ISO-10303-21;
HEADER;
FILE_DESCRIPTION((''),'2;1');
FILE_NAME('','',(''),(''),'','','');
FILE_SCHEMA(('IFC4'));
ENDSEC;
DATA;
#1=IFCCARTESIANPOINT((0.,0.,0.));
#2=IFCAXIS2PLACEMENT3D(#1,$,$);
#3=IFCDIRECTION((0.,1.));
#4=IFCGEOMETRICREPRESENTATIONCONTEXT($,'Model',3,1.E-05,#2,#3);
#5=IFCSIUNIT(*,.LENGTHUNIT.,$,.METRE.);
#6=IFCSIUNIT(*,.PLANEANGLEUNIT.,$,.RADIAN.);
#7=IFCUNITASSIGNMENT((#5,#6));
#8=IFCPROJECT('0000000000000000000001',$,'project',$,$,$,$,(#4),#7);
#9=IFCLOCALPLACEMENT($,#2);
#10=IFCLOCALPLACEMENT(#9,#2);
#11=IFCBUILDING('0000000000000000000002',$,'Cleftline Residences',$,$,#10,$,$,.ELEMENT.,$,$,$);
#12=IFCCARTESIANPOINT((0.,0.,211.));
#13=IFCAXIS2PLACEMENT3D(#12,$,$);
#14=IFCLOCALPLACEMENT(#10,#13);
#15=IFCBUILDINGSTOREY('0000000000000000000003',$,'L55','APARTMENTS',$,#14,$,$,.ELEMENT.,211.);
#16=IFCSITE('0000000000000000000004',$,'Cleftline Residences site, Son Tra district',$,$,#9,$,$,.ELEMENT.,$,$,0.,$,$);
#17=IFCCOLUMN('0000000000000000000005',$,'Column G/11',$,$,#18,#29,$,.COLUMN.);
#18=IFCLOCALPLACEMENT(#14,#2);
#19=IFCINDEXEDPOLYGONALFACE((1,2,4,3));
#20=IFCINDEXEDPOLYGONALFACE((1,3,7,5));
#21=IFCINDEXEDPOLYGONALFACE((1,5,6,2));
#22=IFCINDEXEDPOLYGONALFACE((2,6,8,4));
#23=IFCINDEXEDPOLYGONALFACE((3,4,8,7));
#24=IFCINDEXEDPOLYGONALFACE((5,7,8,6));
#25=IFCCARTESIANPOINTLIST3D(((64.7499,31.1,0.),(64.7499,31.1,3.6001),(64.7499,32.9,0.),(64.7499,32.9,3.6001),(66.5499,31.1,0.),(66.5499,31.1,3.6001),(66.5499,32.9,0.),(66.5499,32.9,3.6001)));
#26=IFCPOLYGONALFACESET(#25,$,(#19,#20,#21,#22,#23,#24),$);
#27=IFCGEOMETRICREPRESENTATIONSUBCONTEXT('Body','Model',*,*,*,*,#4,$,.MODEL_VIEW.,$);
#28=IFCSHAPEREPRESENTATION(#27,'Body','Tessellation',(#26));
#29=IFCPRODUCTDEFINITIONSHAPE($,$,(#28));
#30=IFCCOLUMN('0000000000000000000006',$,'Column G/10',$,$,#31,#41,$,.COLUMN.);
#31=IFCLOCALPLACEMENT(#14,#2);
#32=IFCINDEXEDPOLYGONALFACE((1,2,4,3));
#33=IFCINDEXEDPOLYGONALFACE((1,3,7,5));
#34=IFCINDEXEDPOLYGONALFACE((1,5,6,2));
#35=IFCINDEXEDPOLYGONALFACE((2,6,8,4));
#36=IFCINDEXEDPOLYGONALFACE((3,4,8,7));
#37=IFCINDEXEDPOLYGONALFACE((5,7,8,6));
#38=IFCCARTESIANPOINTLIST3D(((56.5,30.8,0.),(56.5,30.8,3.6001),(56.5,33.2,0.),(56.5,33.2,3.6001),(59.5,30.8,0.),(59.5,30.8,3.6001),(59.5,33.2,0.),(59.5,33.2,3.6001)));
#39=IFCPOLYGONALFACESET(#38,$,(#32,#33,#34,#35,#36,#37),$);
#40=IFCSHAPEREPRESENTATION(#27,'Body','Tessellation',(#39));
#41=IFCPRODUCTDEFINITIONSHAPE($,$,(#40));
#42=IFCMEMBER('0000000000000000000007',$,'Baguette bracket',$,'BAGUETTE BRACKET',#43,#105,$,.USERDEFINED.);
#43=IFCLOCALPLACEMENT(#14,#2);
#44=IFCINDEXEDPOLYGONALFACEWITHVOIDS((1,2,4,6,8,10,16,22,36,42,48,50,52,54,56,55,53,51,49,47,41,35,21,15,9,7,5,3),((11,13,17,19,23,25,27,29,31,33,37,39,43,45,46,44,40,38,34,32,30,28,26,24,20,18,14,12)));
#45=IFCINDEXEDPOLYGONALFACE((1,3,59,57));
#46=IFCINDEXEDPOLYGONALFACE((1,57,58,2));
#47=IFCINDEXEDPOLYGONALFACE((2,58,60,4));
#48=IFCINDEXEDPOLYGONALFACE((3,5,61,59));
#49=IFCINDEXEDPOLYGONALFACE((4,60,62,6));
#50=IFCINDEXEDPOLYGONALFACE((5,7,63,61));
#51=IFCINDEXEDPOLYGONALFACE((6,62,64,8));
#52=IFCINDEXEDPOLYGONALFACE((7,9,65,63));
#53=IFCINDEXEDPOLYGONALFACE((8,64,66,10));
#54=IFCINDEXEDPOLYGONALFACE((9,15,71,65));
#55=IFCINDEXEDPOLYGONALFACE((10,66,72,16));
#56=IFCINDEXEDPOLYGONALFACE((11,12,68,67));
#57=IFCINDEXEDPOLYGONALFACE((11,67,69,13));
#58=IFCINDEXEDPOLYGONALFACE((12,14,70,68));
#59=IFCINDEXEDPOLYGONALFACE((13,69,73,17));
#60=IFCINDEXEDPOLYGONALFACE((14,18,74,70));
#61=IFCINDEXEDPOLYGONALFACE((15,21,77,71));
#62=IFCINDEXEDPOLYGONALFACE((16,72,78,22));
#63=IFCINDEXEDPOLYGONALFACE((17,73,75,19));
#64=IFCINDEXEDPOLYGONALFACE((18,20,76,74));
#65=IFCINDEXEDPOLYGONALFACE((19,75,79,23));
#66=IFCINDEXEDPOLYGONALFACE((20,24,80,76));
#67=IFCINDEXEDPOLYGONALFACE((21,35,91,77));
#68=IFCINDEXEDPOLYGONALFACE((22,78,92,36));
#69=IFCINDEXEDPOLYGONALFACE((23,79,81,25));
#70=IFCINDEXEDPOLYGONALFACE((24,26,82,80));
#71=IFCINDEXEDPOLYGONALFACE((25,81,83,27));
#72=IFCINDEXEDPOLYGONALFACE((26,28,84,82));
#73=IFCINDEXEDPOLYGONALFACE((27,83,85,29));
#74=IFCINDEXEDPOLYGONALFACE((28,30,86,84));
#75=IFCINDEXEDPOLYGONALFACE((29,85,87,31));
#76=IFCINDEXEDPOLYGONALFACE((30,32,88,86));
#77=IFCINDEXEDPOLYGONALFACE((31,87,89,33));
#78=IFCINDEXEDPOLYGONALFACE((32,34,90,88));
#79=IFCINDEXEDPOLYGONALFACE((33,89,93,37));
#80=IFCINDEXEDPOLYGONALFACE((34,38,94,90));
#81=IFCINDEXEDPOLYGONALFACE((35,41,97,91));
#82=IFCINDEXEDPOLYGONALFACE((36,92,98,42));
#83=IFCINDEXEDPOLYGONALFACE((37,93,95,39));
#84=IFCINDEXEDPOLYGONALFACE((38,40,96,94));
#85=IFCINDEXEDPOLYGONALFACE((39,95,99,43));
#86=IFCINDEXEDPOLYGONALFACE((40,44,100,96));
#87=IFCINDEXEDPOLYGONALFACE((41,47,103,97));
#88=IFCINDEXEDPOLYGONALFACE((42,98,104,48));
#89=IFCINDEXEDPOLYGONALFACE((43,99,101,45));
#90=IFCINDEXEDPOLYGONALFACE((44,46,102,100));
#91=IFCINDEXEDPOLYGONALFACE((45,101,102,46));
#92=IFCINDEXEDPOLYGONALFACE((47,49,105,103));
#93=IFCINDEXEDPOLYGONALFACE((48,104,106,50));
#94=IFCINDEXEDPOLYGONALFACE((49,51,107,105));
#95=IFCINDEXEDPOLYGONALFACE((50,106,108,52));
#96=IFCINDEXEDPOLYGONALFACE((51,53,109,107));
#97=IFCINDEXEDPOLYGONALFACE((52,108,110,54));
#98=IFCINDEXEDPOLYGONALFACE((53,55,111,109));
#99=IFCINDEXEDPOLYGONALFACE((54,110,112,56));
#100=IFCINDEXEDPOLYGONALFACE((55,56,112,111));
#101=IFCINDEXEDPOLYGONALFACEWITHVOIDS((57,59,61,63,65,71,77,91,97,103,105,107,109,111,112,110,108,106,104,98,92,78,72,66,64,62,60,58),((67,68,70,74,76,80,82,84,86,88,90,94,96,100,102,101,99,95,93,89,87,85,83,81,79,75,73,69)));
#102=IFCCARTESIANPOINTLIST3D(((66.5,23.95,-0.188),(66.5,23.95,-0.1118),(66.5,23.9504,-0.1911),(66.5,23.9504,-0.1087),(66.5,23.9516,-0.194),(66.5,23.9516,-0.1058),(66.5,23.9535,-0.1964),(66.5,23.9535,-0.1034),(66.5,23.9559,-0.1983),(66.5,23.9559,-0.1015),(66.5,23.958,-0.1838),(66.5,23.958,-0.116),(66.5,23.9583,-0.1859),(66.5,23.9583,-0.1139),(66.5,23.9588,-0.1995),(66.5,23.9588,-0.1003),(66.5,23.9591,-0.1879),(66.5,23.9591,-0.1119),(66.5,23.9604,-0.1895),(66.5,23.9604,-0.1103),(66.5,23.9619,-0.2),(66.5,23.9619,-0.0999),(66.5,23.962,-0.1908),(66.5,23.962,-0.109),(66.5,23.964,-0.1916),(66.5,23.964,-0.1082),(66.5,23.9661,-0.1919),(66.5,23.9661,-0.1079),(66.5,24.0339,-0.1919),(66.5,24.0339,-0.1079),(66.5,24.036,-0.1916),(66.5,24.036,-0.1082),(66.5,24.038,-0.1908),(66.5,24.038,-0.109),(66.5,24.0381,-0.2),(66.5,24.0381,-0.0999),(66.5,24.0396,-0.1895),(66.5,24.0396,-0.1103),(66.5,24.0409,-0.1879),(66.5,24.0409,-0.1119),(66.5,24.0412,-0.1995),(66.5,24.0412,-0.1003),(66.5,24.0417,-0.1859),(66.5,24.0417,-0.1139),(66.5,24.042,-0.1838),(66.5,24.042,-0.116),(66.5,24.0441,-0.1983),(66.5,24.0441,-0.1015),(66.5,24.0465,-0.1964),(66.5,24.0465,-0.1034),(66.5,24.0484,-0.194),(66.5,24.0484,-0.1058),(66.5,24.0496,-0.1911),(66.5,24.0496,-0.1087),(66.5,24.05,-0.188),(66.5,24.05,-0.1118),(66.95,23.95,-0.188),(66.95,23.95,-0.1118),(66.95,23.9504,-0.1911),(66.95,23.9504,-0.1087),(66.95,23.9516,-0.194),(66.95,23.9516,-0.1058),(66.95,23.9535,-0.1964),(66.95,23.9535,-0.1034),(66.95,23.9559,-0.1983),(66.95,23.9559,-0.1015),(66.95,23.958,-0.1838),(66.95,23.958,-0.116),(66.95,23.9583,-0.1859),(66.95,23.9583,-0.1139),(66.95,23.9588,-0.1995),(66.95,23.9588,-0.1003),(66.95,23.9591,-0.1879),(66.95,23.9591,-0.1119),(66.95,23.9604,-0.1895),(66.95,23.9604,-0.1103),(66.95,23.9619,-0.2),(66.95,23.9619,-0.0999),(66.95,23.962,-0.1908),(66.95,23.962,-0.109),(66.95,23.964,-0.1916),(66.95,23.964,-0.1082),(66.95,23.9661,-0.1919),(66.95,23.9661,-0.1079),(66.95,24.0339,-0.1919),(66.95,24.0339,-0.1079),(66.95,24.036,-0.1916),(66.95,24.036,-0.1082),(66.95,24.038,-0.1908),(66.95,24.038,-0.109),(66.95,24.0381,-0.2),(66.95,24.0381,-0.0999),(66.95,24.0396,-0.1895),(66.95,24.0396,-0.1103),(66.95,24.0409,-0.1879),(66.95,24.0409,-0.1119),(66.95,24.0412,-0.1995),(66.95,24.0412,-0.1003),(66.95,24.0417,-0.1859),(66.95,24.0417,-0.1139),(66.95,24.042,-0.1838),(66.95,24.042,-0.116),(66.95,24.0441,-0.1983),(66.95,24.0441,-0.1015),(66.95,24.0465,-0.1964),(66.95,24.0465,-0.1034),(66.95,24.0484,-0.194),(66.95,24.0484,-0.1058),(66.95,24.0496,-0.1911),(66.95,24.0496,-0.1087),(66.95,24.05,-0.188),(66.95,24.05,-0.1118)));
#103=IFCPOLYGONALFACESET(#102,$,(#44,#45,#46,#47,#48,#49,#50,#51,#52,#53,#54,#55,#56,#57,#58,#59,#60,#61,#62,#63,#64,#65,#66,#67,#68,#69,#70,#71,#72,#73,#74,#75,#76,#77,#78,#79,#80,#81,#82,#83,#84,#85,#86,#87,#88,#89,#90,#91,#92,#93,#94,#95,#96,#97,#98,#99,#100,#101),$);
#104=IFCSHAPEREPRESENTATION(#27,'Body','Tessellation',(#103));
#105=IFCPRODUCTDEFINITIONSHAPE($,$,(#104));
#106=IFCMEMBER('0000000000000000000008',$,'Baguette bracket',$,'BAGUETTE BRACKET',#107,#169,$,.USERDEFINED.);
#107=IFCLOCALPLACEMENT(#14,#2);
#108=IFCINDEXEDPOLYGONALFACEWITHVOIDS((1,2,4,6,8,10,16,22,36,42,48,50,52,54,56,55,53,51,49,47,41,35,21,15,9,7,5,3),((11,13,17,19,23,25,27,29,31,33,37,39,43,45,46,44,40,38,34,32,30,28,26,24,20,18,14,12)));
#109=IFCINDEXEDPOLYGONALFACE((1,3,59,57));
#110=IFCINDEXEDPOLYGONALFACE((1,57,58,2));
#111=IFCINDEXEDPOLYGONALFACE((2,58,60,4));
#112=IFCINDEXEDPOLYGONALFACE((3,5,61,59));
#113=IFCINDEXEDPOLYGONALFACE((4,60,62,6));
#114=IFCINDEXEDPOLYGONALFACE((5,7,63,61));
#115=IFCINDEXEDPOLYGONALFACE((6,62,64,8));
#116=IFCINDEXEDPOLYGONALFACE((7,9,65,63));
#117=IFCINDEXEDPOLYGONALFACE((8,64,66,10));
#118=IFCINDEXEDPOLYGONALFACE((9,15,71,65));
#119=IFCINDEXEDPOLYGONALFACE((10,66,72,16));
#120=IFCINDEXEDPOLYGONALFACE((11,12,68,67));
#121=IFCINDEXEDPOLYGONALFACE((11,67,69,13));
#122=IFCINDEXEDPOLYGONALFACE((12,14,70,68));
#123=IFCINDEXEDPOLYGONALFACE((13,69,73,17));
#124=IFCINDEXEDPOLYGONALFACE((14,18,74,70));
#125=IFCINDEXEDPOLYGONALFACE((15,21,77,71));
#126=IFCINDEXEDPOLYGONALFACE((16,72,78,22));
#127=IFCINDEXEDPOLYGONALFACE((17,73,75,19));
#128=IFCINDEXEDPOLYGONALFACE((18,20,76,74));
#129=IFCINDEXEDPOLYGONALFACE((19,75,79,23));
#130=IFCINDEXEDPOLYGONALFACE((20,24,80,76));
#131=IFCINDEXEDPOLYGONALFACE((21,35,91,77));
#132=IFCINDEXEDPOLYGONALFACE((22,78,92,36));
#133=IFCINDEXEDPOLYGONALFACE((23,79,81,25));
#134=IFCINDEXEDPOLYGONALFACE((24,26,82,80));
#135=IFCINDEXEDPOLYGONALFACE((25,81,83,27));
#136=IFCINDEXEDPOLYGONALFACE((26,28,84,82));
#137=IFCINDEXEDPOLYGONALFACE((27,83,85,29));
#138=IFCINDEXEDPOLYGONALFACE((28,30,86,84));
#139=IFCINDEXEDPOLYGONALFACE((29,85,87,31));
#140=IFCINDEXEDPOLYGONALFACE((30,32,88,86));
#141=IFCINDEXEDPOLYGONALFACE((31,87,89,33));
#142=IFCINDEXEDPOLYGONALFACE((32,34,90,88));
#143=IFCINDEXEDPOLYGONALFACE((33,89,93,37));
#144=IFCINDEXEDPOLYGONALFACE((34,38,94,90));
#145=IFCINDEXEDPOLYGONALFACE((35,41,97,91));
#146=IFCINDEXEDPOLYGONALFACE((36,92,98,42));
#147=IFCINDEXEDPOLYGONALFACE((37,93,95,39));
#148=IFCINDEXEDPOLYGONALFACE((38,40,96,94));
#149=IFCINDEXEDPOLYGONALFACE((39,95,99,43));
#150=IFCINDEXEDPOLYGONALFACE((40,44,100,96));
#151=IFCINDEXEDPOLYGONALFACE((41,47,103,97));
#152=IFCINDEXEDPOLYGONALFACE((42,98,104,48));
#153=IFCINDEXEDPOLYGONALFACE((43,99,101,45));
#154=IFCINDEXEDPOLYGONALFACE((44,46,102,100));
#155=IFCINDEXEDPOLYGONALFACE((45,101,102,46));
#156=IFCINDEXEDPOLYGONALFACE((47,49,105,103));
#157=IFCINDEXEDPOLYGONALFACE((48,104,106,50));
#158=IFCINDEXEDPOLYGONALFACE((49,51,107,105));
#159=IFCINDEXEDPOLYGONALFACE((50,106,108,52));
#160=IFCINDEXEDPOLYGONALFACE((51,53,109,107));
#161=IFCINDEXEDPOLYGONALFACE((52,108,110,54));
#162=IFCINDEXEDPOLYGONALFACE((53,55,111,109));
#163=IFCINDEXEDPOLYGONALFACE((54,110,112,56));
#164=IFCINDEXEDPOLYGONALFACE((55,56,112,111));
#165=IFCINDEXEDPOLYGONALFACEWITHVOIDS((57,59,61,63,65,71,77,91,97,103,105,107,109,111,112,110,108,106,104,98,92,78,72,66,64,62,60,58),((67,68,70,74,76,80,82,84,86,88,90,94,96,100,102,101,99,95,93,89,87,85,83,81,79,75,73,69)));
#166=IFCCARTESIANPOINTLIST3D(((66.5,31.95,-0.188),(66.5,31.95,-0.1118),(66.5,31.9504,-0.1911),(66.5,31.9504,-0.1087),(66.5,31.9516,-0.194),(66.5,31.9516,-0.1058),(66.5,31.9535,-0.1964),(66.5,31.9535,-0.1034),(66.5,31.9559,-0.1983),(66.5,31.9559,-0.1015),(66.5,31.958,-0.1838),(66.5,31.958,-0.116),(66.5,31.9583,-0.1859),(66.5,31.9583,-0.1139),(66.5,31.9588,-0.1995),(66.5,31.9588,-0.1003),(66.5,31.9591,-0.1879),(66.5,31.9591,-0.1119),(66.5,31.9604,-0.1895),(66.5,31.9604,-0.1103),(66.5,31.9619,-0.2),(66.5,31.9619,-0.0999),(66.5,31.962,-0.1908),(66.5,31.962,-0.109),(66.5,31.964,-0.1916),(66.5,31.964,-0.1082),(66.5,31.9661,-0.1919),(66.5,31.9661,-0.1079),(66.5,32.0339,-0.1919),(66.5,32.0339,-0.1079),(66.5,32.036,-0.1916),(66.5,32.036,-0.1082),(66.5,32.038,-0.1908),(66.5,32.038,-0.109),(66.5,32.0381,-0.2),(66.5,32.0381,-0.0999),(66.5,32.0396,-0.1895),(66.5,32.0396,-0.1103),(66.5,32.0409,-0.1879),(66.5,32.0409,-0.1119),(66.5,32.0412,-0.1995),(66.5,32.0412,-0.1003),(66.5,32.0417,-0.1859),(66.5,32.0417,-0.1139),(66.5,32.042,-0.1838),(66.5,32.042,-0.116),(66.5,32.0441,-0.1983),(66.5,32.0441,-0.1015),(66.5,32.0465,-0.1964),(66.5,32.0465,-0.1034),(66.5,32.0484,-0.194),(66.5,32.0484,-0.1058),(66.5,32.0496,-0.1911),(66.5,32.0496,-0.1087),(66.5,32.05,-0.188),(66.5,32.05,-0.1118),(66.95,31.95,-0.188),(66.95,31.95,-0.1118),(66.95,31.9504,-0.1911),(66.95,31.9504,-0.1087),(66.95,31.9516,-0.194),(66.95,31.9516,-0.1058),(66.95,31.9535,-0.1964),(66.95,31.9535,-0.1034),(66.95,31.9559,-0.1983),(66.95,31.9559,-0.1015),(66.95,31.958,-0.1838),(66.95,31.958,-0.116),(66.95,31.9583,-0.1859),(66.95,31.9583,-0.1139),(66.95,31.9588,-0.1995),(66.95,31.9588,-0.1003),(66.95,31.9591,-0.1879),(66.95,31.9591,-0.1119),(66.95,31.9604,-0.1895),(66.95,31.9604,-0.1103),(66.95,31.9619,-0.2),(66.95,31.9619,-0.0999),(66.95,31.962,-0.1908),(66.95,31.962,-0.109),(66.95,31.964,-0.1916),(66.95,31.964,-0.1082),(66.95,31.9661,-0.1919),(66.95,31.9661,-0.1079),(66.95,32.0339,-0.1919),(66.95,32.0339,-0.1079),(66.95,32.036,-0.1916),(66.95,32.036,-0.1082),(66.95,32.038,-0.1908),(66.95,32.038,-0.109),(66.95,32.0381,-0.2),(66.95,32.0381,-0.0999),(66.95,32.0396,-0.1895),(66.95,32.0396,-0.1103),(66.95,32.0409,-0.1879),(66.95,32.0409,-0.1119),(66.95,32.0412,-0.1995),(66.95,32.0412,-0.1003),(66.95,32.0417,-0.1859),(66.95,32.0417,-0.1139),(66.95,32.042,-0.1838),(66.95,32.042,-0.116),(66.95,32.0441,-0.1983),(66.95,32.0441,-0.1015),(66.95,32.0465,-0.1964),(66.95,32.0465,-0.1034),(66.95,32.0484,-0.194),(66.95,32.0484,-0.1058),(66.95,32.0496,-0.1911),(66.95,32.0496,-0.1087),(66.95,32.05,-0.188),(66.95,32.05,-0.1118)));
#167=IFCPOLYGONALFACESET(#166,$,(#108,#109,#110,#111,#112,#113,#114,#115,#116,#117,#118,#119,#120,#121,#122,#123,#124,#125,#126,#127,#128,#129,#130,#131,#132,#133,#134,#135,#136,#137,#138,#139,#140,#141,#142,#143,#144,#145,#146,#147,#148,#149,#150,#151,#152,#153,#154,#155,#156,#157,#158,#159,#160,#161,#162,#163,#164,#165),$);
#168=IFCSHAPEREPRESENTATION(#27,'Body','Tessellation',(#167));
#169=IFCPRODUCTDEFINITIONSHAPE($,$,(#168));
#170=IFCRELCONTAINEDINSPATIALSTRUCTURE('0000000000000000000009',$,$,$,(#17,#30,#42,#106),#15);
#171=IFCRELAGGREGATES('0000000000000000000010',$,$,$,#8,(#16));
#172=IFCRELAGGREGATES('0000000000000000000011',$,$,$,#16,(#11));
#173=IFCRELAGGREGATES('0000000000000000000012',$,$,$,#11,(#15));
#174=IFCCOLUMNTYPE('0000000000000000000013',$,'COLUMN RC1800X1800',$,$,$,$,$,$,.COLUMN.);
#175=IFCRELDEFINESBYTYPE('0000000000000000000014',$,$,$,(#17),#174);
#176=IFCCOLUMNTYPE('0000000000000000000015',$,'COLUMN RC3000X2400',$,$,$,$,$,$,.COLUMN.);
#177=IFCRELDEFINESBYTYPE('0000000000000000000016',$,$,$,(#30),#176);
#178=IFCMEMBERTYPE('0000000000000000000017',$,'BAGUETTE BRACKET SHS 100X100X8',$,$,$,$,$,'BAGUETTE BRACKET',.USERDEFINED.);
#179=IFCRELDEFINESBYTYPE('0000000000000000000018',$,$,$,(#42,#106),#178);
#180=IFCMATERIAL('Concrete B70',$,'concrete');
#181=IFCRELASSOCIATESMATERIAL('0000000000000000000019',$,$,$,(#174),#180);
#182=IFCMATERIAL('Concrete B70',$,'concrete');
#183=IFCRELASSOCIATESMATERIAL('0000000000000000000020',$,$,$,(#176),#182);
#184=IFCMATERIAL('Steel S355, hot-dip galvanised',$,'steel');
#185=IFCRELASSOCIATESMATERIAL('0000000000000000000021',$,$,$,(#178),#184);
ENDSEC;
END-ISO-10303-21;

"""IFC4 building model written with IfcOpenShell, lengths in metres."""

from ifc_helpers import new_model, si_unit, direction, frame, origin, origin_2d, place, context, subcontext, project, spatial, rectangle, hollow_rectangle, extrude, material, material_profile, profile_set, type_object, element, save


model = new_model("IFC4")

# Units and contexts
model_context = context("Model", 3, precision=1e-05, world=origin(), true_north=direction((0.0, 1.0)))
body_context = subcontext(model_context, "Body", "Model", "MODEL_VIEW")
ifc_project = project(units=[si_unit("LENGTHUNIT", "METRE"), si_unit("PLANEANGLEUNIT", "RADIAN")], contexts=[model_context])

# Site, building, storey
site_placement = place(None, origin())
site = spatial("IfcSite", under=ifc_project, at=site_placement, Name="Cleftline Residences site, Son Tra district", CompositionType="ELEMENT", RefElevation=0.0)
building_placement = place(site_placement, origin())
building = spatial("IfcBuilding", under=site, at=building_placement, Name="Cleftline Residences", CompositionType="ELEMENT")
storey_placement = place(building_placement, frame((0.0, 0.0, 211.0)))
storey = spatial("IfcBuildingStorey", under=building, at=storey_placement, Name="L55", Description="APARTMENTS", CompositionType="ELEMENT", Elevation=211.0)

# Columns
ifc_material_1 = material(Name="Concrete B70", Category="concrete")
ifc_material_profile_1 = material_profile(ifc_material_1, rectangle(XDim=1.8, YDim=1.8, at=origin_2d()))
ifc_profile_set_1 = profile_set([ifc_material_profile_1], Name="Concrete B70")
column_type_1 = type_object("IfcColumnType", Name="COLUMN RC1800X1800", PredefinedType="COLUMN", material=ifc_profile_set_1)
column_1_placement = place(storey_placement, frame((65.6499, 32.0, 0.0), z_axis=(0.0, 0.0, 1.0), x_axis=(1.0, 0.0, 0.0)))
element("IfcColumn", 1, at=column_1_placement, inside=storey, type_object=column_type_1, Name="Column G/11", PredefinedType="COLUMN", context=body_context, shape_type="SweptSolid", body=[
    extrude(rectangle(XDim=1.8, YDim=1.8, at=origin_2d()), origin(), (0.0, 0.0, 1.0), 3.6001),
])
ifc_material_2 = material(Name="Concrete B70", Category="concrete")
ifc_material_profile_2 = material_profile(ifc_material_2, rectangle(XDim=3.0, YDim=2.3999, at=origin_2d()))
ifc_profile_set_2 = profile_set([ifc_material_profile_2], Name="Concrete B70")
column_type_2 = type_object("IfcColumnType", Name="COLUMN RC3000X2400", PredefinedType="COLUMN", material=ifc_profile_set_2)
column_2_placement = place(storey_placement, frame((58.0, 32.0, 0.0), z_axis=(0.0, 0.0, 1.0), x_axis=(1.0, 0.0, 0.0)))
element("IfcColumn", 2, at=column_2_placement, inside=storey, type_object=column_type_2, Name="Column G/10", PredefinedType="COLUMN", context=body_context, shape_type="SweptSolid", body=[
    extrude(rectangle(XDim=3.0, YDim=2.3999, at=origin_2d()), origin(), (0.0, 0.0, 1.0), 3.6001),
])

# Members
ifc_material_3 = material(Name="Steel S355, hot-dip galvanised", Category="steel")
ifc_material_profile_3 = material_profile(ifc_material_3, hollow_rectangle(XDim=0.1001, YDim=0.1001, WallThickness=0.0081, InnerFilletRadius=0.0081, OuterFilletRadius=0.012, at=origin_2d()))
ifc_profile_set_3 = profile_set([ifc_material_profile_3], Name="Steel S355, hot-dip galvanised")
member_type_1 = type_object("IfcMemberType", Name="BAGUETTE BRACKET SHS 100X100X8", ElementType="BAGUETTE BRACKET", PredefinedType="USERDEFINED", material=ifc_profile_set_3)
for number, where, z_axis, x_axis, name in (
    (3, (66.5, 24.0, -0.1499), (1.0, 0.0, 0.0), (0.0, 1.0, 0.0), "Baguette bracket"),
    (4, (66.5, 32.0, -0.1499), (1.0, 0.0, 0.0), (0.0, 1.0, 0.0), "Baguette bracket"),
):
    element("IfcMember", number, at=place(storey_placement, frame(where, z_axis=z_axis, x_axis=x_axis)), inside=storey, type_object=member_type_1, Name=name, ObjectType="BAGUETTE BRACKET", PredefinedType="USERDEFINED", context=body_context, shape_type="SweptSolid", body=[
        extrude(hollow_rectangle(XDim=0.1001, YDim=0.1001, WallThickness=0.0081, InnerFilletRadius=0.0081, OuterFilletRadius=0.012, at=origin_2d()), origin(), (0.0, 0.0, 1.0), 0.45),
    ])

save(model, "model.ifc")
